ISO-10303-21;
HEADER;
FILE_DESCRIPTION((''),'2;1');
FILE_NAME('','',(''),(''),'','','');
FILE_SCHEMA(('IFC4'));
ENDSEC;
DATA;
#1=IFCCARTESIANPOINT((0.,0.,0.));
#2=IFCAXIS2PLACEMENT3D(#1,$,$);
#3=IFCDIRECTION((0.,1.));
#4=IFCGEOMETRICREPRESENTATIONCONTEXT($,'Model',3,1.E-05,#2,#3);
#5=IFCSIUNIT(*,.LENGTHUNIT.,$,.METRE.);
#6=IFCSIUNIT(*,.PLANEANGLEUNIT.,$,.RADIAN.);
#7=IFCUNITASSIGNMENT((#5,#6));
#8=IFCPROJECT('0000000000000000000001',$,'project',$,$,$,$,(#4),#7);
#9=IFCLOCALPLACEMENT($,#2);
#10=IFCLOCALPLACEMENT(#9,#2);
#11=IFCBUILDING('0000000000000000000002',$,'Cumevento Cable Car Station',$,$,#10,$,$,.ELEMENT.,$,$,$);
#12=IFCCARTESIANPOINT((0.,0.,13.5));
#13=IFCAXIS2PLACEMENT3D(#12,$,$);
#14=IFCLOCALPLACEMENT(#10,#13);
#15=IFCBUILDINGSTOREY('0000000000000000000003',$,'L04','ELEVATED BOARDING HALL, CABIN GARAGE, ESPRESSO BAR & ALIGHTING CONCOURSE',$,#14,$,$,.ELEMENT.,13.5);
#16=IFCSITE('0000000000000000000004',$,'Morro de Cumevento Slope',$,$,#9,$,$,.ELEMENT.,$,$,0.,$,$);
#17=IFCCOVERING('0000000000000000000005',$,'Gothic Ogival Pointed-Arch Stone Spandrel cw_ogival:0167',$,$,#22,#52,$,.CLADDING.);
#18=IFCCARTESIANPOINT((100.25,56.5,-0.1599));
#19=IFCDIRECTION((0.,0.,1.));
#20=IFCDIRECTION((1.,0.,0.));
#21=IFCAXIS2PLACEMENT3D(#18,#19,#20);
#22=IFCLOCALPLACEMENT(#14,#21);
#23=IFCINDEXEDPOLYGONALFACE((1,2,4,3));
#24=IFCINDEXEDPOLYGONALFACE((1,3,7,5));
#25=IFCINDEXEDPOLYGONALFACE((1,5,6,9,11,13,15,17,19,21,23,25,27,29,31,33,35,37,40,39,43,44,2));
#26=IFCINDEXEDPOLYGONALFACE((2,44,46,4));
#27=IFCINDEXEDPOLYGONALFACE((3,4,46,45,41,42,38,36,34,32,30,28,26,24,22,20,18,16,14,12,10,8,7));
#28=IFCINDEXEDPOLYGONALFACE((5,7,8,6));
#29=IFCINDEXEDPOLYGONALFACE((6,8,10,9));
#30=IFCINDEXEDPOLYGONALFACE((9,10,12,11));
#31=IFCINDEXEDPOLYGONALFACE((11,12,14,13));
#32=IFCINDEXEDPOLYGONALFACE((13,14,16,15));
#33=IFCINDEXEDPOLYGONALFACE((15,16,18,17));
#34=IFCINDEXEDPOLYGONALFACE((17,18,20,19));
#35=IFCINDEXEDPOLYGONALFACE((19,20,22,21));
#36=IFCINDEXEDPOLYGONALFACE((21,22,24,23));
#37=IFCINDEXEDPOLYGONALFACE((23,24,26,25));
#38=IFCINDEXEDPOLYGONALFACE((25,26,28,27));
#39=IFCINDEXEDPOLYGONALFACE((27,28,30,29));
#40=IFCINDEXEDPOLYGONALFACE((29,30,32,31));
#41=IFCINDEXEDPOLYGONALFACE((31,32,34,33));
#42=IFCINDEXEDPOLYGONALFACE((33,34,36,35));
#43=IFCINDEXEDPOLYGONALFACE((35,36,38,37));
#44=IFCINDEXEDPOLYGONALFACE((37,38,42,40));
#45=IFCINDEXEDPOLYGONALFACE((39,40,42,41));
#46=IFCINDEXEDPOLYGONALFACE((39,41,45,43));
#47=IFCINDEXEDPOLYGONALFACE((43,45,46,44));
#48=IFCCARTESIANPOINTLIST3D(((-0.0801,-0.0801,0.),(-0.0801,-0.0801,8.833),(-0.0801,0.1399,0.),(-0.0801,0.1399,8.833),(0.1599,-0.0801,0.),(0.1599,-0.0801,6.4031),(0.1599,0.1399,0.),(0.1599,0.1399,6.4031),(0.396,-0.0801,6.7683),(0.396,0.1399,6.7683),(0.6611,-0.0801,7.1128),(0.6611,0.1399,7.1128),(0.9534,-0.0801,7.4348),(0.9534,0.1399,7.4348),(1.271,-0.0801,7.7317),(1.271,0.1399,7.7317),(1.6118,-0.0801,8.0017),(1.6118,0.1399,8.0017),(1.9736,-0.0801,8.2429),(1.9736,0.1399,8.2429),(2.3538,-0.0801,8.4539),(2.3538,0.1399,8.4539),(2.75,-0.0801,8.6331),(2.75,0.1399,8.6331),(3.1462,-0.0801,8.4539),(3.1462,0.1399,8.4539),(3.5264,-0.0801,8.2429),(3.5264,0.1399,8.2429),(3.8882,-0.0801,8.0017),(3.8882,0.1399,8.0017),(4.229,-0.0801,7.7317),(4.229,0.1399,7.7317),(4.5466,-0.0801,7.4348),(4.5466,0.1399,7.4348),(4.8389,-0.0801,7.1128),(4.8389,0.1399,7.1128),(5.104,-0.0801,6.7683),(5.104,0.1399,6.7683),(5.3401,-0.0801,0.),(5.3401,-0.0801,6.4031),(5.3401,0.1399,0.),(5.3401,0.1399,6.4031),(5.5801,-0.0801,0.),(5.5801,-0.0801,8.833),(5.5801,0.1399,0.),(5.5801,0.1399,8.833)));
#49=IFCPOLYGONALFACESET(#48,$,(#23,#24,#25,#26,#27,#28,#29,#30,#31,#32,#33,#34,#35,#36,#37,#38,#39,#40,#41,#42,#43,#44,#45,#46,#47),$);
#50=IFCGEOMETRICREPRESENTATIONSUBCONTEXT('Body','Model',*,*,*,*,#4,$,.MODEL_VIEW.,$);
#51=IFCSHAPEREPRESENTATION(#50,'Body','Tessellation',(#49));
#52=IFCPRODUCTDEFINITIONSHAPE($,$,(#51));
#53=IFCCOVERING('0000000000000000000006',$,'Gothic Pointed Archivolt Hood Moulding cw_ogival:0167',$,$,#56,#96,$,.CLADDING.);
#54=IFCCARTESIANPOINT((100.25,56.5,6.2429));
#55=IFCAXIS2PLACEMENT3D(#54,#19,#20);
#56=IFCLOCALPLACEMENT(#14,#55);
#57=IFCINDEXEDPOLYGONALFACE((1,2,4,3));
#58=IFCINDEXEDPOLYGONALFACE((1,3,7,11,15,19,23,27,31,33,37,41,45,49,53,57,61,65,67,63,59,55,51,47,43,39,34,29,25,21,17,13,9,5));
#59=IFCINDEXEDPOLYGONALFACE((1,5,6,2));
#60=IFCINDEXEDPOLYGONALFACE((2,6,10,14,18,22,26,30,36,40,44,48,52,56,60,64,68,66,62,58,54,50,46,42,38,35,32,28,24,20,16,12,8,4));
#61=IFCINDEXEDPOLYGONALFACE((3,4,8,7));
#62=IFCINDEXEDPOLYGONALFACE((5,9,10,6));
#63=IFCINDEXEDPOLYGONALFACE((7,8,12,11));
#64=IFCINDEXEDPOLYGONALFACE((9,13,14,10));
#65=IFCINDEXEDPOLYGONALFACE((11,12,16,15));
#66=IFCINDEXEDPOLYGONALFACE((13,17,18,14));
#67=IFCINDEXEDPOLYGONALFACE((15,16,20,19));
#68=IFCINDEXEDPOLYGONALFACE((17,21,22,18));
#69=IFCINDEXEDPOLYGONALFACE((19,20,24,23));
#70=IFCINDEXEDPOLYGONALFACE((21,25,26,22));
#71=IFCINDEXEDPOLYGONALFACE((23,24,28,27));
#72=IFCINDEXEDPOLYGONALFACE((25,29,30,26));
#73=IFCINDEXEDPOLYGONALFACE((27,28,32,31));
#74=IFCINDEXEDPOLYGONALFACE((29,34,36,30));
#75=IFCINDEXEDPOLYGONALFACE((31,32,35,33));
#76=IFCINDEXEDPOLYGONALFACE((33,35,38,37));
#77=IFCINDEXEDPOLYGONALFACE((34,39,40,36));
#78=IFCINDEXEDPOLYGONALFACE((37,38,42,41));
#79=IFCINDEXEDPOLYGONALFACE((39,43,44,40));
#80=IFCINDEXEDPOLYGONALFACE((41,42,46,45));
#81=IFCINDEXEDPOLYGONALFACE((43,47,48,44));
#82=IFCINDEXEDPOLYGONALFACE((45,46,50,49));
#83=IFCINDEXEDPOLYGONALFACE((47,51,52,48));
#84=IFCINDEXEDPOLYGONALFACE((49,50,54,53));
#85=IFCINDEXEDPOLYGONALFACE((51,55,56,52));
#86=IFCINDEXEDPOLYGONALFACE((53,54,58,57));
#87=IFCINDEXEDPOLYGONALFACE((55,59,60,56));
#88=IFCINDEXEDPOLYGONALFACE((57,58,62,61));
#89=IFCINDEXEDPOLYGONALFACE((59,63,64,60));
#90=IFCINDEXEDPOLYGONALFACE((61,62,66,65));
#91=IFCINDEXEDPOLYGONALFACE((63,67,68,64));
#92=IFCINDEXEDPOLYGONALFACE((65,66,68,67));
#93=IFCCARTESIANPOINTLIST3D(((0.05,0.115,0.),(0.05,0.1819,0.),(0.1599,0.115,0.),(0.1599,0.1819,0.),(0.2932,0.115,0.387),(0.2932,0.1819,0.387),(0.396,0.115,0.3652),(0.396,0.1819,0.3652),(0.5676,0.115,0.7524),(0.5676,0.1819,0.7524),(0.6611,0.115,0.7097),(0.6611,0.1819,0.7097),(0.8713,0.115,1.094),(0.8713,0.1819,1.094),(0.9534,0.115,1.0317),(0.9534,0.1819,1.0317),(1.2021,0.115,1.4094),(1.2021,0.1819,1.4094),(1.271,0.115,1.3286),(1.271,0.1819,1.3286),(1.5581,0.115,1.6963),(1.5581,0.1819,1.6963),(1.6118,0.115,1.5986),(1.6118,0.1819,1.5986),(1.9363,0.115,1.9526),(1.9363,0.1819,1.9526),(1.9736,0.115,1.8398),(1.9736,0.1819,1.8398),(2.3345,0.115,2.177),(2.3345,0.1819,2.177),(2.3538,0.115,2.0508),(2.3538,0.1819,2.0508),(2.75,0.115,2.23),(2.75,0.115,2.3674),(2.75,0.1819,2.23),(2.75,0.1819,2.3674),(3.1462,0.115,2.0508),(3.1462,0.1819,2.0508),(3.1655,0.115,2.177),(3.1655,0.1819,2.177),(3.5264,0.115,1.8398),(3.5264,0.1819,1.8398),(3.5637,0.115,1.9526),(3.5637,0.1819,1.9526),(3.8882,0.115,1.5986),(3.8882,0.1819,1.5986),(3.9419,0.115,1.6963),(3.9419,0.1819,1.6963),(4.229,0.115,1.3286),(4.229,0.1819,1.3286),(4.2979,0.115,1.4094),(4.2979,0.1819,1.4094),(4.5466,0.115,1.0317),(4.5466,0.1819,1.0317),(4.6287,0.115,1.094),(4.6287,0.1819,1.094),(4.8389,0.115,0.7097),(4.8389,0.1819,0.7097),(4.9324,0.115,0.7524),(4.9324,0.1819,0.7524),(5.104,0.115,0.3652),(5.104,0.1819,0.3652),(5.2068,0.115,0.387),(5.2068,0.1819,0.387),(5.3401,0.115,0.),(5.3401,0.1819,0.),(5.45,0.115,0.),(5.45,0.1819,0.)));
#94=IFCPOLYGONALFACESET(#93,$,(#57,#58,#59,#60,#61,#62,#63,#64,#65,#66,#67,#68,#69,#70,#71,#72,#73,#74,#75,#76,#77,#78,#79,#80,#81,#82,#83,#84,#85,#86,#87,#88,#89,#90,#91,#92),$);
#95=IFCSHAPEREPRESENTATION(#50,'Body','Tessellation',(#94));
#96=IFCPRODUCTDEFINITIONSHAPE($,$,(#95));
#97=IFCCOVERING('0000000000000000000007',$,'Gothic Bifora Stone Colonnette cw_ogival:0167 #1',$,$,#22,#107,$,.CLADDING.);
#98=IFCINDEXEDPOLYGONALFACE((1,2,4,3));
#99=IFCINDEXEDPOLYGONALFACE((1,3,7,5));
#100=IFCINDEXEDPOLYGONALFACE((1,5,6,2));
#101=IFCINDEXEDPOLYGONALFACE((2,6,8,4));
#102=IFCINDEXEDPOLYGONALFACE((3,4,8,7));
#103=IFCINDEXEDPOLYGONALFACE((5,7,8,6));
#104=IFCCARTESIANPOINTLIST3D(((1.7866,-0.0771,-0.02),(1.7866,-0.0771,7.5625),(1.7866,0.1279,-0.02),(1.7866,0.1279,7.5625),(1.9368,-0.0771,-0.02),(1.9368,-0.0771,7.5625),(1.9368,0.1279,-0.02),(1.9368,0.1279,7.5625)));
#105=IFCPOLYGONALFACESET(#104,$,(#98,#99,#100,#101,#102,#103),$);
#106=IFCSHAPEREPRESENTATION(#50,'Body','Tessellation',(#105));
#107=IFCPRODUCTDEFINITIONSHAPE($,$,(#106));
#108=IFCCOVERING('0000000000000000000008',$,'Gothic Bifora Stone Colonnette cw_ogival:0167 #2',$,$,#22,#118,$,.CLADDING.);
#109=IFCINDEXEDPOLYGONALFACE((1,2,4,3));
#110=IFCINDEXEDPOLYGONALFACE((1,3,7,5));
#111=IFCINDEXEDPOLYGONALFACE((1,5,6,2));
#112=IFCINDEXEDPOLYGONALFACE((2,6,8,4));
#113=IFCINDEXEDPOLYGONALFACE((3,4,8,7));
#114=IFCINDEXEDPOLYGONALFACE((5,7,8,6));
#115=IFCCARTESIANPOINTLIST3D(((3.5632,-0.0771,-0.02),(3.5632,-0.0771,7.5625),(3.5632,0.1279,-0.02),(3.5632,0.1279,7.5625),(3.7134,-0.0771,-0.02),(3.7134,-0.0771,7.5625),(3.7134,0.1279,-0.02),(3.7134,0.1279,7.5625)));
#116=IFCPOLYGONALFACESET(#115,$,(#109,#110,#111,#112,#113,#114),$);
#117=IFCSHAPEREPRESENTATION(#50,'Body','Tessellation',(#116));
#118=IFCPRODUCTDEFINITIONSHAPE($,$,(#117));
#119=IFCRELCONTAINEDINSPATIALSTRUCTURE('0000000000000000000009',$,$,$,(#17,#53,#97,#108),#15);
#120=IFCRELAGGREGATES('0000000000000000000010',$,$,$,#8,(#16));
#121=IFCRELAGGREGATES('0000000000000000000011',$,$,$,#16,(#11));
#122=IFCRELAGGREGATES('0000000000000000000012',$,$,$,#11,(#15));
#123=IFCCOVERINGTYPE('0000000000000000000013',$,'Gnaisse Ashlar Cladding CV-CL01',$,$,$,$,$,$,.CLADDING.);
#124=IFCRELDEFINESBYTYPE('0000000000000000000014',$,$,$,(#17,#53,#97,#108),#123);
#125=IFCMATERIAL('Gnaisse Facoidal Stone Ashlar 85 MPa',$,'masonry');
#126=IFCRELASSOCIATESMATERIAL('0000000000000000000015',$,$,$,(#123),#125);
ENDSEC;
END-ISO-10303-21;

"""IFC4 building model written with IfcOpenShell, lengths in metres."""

from ifc_helpers import new_model, si_unit, direction, frame, origin, place, context, subcontext, project, spatial, polyline, outline, extrude, material, type_object, element, save


model = new_model("IFC4")

# Units and contexts
model_context = context("Model", 3, precision=1e-05, world=origin(), true_north=direction((0.0, 1.0)))
body_context = subcontext(model_context, "Body", "Model", "MODEL_VIEW")
ifc_project = project(units=[si_unit("LENGTHUNIT", "METRE"), si_unit("PLANEANGLEUNIT", "RADIAN")], contexts=[model_context])

# Site, building, storey
site_placement = place(None, origin())
site = spatial("IfcSite", under=ifc_project, at=site_placement, Name="Morro de Cumevento Slope", CompositionType="ELEMENT", RefElevation=0.0)
building_placement = place(site_placement, origin())
building = spatial("IfcBuilding", under=site, at=building_placement, Name="Cumevento Cable Car Station", CompositionType="ELEMENT")
storey_placement = place(building_placement, frame((0.0, 0.0, 13.5)))
storey = spatial("IfcBuildingStorey", under=building, at=storey_placement, Name="L04", Description="ELEVATED BOARDING HALL, CABIN GARAGE, ESPRESSO BAR & ALIGHTING CONCOURSE", CompositionType="ELEMENT", Elevation=13.5)

# Coverings
ifc_material_1 = material(Name="Gnaisse Facoidal Stone Ashlar 85 MPa", Category="masonry")
covering_type = type_object("IfcCoveringType", Name="Gnaisse Ashlar Cladding CV-CL01", PredefinedType="CLADDING", material=ifc_material_1)
placement = place(storey_placement, frame((100.25, 56.5, -0.1599), z_axis=(0.0, 0.0, 1.0), x_axis=(1.0, 0.0, 0.0)))
element("IfcCovering", 1, at=placement, inside=storey, type_object=covering_type, Name="Gothic Ogival Pointed-Arch Stone Spandrel cw_ogival:0167", PredefinedType="CLADDING", context=body_context, shape_type="SweptSolid", body=[
    extrude(outline(polyline([(-0.0801, 0.0), (-0.0801, 8.833), (5.5801, 8.833), (5.5801, 0.0), (5.3401, 0.0), (5.3401, 6.4031), (5.104, 6.7683), (4.8389, 7.1128), (4.5466, 7.4348), (4.229, 7.7317), (3.8882, 8.0017), (3.5264, 8.2429), (3.1462, 8.4539), (2.75, 8.6331), (2.3538, 8.4539), (1.9736, 8.2429), (1.6118, 8.0017), (1.271, 7.7317), (0.9534, 7.4348), (0.6611, 7.1128), (0.396, 6.7683), (0.1599, 6.4031), (0.1599, 0.0), (-0.0801, 0.0)])), frame((0.0, 0.1399, 0.0), z_axis=(0.0, -1.0, 0.0), x_axis=(1.0, 0.0, 0.0)), (0.0, 0.0, 1.0), 0.22),
])
covering_1_placement = place(storey_placement, frame((100.25, 56.5, 6.2429), z_axis=(0.0, 0.0, 1.0), x_axis=(1.0, 0.0, 0.0)))
element("IfcCovering", 2, at=covering_1_placement, inside=storey, type_object=covering_type, Name="Gothic Pointed Archivolt Hood Moulding cw_ogival:0167", PredefinedType="CLADDING", context=body_context, shape_type="SweptSolid", body=[
    extrude(outline(polyline([(0.1599, 0.0), (0.396, 0.3652), (0.6611, 0.7097), (0.9534, 1.0317), (1.271, 1.3286), (1.6118, 1.5986), (1.9736, 1.8398), (2.3538, 2.0508), (2.75, 2.23), (3.1462, 2.0508), (3.5264, 1.8398), (3.8882, 1.5986), (4.229, 1.3286), (4.5466, 1.0317), (4.8389, 0.7097), (5.104, 0.3652), (5.3401, 0.0), (5.45, 0.0), (5.2068, 0.387), (4.9324, 0.7524), (4.6287, 1.094), (4.2979, 1.4094), (3.9419, 1.6963), (3.5637, 1.9526), (3.1655, 2.177), (2.75, 2.3674), (2.3345, 2.177), (1.9363, 1.9526), (1.5581, 1.6963), (1.2021, 1.4094), (0.8713, 1.094), (0.5676, 0.7524), (0.2932, 0.387), (0.05, 0.0), (0.1599, 0.0)])), frame((0.0, 0.1819, 0.0), z_axis=(0.0, -1.0, 0.0), x_axis=(1.0, 0.0, 0.0)), (0.0, 0.0, 1.0), 0.0669),
])
element("IfcCovering", 3, at=placement, inside=storey, type_object=covering_type, Name="Gothic Bifora Stone Colonnette cw_ogival:0167 #1", PredefinedType="CLADDING", context=body_context, shape_type="SweptSolid", body=[
    extrude(outline(polyline([(1.7866, -0.02), (1.9368, -0.02), (1.9368, 7.5625), (1.7866, 7.5625), (1.7866, -0.02)])), frame((0.0, 0.1279, 0.0), z_axis=(0.0, -1.0, 0.0), x_axis=(1.0, 0.0, 0.0)), (0.0, 0.0, 1.0), 0.2051),
])
element("IfcCovering", 4, at=placement, inside=storey, type_object=covering_type, Name="Gothic Bifora Stone Colonnette cw_ogival:0167 #2", PredefinedType="CLADDING", context=body_context, shape_type="SweptSolid", body=[
    extrude(outline(polyline([(3.5632, -0.02), (3.7134, -0.02), (3.7134, 7.5625), (3.5632, 7.5625), (3.5632, -0.02)])), frame((0.0, 0.1279, 0.0), z_axis=(0.0, -1.0, 0.0), x_axis=(1.0, 0.0, 0.0)), (0.0, 0.0, 1.0), 0.2051),
])

save(model, "model.ifc")
